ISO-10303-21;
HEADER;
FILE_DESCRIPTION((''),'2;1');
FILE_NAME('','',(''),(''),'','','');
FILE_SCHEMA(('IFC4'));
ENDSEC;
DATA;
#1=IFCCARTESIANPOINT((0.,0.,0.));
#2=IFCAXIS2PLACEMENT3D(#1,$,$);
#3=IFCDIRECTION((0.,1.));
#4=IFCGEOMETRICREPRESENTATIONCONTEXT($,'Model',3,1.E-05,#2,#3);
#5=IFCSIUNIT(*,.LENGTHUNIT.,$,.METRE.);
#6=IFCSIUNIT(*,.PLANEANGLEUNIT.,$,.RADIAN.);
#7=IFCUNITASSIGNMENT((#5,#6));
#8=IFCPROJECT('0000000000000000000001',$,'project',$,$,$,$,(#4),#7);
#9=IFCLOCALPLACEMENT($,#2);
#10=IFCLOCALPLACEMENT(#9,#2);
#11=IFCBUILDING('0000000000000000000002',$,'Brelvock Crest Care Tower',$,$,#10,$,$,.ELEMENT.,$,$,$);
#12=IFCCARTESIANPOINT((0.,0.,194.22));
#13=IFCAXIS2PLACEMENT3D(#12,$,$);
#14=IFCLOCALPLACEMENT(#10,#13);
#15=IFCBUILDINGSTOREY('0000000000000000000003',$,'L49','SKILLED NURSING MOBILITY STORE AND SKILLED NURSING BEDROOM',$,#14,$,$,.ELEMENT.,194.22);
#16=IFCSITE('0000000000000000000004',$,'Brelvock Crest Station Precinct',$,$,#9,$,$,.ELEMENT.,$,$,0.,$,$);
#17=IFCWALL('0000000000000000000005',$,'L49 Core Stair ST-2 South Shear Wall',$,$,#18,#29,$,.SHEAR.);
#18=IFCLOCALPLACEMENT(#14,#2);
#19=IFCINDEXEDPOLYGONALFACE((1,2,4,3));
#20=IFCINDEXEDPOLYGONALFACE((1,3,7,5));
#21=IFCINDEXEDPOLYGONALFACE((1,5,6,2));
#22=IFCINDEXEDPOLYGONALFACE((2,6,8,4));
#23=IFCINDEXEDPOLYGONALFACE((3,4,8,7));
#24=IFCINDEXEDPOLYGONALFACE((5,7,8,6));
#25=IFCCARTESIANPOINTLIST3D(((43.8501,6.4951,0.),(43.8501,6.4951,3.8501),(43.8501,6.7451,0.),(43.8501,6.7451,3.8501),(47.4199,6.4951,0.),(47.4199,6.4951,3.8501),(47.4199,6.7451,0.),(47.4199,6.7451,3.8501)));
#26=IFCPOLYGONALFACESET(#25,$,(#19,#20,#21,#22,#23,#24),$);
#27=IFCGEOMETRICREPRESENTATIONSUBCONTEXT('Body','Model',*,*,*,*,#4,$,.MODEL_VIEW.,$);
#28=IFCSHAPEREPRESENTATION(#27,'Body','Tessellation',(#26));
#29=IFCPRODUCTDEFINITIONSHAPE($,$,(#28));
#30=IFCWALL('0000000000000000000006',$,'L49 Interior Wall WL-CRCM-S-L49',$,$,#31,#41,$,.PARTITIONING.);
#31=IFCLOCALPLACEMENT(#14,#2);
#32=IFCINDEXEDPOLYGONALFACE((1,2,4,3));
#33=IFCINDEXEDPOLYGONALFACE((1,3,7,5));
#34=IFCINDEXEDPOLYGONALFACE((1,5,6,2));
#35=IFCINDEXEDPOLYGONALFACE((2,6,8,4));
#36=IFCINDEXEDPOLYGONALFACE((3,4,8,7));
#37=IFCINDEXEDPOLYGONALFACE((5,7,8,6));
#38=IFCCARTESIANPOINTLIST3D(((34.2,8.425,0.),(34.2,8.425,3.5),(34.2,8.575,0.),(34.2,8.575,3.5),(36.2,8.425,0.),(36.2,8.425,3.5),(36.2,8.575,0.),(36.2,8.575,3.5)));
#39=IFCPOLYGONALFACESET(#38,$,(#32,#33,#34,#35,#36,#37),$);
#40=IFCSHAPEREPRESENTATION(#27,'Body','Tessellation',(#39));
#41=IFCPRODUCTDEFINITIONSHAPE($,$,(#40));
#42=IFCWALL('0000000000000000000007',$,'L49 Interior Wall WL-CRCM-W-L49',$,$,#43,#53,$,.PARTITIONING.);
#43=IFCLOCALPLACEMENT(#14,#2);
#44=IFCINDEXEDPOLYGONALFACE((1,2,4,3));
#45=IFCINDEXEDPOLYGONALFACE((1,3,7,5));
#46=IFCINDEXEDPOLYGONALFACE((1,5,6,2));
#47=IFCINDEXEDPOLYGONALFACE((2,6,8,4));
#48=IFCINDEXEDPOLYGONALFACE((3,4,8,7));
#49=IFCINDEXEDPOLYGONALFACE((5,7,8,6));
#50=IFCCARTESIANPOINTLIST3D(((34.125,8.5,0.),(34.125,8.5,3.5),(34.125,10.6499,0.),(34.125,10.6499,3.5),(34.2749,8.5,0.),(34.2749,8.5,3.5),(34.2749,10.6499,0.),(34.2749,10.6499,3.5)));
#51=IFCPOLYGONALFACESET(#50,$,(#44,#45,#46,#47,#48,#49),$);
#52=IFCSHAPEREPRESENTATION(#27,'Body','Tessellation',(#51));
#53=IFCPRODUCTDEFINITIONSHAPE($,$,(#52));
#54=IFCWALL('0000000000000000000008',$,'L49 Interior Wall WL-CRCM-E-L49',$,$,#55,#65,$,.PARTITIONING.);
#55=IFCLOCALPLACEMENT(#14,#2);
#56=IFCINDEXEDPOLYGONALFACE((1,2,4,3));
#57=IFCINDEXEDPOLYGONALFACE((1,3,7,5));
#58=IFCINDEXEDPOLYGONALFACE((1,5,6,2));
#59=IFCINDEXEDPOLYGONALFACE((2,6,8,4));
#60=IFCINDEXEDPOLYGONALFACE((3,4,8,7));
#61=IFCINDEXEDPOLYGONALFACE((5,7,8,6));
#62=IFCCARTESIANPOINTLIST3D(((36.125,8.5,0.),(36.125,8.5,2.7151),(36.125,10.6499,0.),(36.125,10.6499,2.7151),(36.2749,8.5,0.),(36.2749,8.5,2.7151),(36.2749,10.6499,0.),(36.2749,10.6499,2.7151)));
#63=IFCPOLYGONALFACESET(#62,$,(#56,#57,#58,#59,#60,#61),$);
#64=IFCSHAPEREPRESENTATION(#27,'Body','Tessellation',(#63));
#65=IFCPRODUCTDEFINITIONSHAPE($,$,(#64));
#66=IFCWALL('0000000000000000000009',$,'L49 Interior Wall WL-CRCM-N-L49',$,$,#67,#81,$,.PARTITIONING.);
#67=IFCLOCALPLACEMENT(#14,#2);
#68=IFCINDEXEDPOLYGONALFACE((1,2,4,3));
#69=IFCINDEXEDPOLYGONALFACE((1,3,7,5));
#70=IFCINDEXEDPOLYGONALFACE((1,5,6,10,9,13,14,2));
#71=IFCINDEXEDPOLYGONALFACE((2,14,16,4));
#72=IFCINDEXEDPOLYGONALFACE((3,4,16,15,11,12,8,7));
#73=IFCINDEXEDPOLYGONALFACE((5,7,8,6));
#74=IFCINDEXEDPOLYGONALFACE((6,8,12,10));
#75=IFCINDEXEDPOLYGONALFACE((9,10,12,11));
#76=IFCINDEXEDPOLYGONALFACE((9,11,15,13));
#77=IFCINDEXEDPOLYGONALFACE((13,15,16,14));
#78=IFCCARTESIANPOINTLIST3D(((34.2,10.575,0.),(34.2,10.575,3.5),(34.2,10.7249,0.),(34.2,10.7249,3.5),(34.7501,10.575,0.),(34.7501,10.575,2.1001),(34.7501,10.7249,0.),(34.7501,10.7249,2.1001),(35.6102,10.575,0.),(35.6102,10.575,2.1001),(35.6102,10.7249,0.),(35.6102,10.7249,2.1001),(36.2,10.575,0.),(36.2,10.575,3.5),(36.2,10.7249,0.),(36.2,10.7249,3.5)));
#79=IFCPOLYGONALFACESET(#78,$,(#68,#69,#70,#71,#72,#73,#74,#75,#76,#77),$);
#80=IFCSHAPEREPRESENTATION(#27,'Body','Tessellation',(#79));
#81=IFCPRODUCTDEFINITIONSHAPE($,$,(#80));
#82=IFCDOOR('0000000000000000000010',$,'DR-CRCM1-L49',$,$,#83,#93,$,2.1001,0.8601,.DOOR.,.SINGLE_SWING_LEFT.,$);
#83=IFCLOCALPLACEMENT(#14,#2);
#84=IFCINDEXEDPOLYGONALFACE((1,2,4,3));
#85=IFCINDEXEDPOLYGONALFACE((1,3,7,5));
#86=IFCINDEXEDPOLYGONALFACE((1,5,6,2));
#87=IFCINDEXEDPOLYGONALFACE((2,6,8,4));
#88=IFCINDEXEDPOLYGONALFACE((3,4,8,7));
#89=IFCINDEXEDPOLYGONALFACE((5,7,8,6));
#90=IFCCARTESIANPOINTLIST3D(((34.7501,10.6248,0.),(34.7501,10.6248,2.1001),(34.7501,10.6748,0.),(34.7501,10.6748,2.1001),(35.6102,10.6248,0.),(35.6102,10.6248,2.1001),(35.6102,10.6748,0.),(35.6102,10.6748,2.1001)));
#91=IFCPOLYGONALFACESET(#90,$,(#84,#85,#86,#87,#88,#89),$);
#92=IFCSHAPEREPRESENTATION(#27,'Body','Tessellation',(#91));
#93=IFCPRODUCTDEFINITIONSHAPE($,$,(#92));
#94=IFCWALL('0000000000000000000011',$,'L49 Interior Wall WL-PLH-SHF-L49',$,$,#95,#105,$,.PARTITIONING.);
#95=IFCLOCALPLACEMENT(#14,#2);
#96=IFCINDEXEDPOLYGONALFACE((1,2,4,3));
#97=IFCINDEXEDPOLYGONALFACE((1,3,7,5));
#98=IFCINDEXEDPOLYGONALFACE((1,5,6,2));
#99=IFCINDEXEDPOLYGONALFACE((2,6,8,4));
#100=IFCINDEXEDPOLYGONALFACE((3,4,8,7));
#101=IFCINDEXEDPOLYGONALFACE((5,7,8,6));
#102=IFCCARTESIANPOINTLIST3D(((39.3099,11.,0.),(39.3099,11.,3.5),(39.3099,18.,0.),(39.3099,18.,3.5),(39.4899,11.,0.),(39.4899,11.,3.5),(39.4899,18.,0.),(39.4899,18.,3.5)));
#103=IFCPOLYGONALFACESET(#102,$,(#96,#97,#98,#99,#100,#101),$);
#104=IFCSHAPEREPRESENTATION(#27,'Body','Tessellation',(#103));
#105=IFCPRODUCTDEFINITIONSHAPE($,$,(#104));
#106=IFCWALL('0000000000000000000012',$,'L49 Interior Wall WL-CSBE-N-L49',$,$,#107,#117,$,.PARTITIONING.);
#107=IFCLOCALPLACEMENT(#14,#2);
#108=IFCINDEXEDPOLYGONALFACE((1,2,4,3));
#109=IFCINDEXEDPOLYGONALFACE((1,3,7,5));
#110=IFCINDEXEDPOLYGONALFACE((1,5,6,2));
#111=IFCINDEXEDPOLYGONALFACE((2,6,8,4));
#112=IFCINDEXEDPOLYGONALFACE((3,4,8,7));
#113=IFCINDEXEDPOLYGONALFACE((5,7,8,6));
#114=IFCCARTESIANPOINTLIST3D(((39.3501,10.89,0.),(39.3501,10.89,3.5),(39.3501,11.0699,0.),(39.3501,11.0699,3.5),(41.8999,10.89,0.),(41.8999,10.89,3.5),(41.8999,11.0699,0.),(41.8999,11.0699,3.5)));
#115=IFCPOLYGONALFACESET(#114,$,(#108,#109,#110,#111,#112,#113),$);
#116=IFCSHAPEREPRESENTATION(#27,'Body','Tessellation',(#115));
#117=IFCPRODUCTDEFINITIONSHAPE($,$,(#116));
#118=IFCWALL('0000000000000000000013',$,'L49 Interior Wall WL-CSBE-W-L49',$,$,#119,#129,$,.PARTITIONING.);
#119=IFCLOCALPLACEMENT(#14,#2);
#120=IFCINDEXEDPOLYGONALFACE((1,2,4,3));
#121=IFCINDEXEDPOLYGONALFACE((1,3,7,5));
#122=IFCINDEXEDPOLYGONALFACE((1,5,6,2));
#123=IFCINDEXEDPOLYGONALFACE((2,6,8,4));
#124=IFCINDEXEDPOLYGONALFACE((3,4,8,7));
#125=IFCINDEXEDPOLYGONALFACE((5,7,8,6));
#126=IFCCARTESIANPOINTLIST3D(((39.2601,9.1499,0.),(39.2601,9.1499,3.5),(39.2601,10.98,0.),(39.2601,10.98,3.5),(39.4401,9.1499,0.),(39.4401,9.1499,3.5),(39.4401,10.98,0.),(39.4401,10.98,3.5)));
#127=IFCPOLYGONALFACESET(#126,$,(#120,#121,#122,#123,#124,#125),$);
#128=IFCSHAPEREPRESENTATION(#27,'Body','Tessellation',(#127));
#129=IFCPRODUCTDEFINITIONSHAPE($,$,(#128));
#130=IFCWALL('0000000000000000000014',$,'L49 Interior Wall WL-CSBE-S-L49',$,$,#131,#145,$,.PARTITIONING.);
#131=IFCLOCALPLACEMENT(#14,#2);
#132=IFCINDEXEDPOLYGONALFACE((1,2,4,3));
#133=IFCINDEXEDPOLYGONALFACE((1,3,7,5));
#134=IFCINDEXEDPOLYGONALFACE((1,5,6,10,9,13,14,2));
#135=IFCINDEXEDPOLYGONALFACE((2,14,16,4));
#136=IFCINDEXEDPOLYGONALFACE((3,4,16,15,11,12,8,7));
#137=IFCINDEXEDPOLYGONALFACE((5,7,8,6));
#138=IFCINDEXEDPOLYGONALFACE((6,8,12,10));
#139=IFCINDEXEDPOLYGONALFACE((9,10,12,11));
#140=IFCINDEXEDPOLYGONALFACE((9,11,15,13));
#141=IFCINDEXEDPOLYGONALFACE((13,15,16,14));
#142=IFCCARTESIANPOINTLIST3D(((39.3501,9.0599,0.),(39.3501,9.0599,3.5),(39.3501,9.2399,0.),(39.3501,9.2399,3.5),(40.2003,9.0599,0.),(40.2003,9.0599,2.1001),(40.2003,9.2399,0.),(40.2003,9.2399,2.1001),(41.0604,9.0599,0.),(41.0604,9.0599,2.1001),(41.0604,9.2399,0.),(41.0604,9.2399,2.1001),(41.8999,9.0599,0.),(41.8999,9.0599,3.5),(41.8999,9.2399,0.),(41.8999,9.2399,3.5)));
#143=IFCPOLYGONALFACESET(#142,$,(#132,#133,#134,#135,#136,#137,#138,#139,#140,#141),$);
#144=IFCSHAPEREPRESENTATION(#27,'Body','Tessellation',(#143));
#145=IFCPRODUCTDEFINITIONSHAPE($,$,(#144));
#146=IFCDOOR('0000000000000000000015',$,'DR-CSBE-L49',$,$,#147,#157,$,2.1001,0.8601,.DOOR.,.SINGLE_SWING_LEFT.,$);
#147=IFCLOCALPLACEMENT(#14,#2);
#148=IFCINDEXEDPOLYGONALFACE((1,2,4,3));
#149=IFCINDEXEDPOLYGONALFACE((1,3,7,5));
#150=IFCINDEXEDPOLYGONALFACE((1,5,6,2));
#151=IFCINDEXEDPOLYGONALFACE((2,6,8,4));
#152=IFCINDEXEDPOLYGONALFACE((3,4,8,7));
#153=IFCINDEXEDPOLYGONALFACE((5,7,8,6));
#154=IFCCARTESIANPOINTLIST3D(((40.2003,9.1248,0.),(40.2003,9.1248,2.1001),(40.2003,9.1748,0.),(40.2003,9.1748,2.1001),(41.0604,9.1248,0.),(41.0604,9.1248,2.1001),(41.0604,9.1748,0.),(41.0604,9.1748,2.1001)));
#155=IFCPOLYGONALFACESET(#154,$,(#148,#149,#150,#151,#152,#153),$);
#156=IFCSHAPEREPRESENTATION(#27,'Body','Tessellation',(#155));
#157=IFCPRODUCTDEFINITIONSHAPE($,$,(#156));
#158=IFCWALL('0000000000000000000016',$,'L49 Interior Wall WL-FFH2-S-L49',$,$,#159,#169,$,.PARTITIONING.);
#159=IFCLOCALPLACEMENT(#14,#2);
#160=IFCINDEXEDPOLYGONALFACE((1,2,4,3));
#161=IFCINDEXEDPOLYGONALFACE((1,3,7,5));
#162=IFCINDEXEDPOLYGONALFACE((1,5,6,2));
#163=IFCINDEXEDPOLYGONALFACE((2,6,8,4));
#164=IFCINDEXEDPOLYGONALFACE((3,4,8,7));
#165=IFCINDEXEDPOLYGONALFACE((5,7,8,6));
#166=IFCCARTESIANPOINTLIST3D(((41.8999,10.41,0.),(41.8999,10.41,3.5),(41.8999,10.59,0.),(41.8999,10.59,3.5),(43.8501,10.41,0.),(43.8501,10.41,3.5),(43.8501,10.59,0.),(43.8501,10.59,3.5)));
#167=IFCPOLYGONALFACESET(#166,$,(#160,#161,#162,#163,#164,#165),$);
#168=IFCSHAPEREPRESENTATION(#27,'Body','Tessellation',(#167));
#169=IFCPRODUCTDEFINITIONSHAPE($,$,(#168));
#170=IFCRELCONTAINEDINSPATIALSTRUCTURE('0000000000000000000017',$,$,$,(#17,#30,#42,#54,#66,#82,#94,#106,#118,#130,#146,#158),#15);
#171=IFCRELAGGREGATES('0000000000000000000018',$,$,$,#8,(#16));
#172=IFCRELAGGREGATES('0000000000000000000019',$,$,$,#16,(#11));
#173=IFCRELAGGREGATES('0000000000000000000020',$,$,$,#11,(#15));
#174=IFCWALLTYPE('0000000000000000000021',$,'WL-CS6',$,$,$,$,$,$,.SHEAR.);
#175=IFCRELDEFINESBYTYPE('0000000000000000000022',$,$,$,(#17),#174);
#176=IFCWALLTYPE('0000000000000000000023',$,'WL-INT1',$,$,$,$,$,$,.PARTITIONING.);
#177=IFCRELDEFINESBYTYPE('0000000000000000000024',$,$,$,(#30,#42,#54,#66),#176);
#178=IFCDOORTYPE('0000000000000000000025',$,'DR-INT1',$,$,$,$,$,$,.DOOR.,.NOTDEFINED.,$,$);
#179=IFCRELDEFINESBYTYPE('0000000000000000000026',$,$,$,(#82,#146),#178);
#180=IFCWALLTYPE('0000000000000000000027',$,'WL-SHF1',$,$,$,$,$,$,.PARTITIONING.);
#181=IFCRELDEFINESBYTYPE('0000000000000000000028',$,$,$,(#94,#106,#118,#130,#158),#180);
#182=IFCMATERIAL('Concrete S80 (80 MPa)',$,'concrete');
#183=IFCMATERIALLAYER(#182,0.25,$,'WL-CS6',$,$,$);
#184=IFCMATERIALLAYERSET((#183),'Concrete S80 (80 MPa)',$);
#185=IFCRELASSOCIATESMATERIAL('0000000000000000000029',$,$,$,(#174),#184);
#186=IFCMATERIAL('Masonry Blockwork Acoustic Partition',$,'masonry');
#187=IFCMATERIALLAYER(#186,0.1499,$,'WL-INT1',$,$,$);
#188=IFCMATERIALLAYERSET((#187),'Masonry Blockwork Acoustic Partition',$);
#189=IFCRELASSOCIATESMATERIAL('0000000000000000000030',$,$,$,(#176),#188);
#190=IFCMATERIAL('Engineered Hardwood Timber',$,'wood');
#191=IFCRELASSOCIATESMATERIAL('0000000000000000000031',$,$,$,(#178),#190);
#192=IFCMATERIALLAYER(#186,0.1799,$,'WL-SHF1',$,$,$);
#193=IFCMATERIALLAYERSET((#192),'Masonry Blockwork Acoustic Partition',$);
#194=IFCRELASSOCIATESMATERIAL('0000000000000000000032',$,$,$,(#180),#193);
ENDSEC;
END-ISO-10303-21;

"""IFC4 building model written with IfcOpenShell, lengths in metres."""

from ifc_helpers import new_model, si_unit, direction, frame, frame_2d, origin, origin_2d, place, context, subcontext, project, spatial, rectangle, extrude, source, transform, mapped, material, layer, layer_set, type_object, element, fill, save


model = new_model("IFC4")

# Units and contexts
model_context = context("Model", 3, precision=1e-05, world=origin(), true_north=direction((0.0, 1.0)))
body_context = subcontext(model_context, "Body", "Model", "MODEL_VIEW")
ifc_project = project(units=[si_unit("LENGTHUNIT", "METRE"), si_unit("PLANEANGLEUNIT", "RADIAN")], contexts=[model_context])

# Site, building, storey
site_placement = place(None, origin())
site = spatial("IfcSite", under=ifc_project, at=site_placement, Name="Brelvock Crest Station Precinct", CompositionType="ELEMENT", RefElevation=0.0)
building_placement = place(site_placement, origin())
building = spatial("IfcBuilding", under=site, at=building_placement, Name="Brelvock Crest Care Tower", CompositionType="ELEMENT")
storey_placement = place(building_placement, frame((0.0, 0.0, 194.22)))
storey = spatial("IfcBuildingStorey", under=building, at=storey_placement, Name="L49", Description="SKILLED NURSING MOBILITY STORE AND SKILLED NURSING BEDROOM", CompositionType="ELEMENT", Elevation=194.22)

# Walls
ifc_material_1 = material(Name="Concrete S80 (80 MPa)", Category="concrete")
ifc_layer_1 = layer(ifc_material_1, 0.25, Name="WL-CS6")
ifc_layer_set_1 = layer_set([ifc_layer_1], Name="Concrete S80 (80 MPa)")
wall_type_1 = type_object("IfcWallType", Name="WL-CS6", PredefinedType="SHEAR", material=ifc_layer_set_1)
wall_1_placement = place(storey_placement, frame((43.8501, 6.6201, 0.0), z_axis=(0.0, 0.0, 1.0), x_axis=(1.0, 0.0, 0.0)))
element("IfcWall", 1, at=wall_1_placement, inside=storey, type_object=wall_type_1, Name="L49 Core Stair ST-2 South Shear Wall", PredefinedType="SHEAR", context=body_context, shape_type="SweptSolid", body=[
    extrude(rectangle(XDim=3.5698, YDim=0.25, at=frame_2d((1.7849, 0.0))), origin(), (0.0, 0.0, 1.0), 3.8501),
])
ifc_material_2 = material(Name="Masonry Blockwork Acoustic Partition", Category="masonry")
ifc_layer_2 = layer(ifc_material_2, 0.1499, Name="WL-INT1")
ifc_layer_set_2 = layer_set([ifc_layer_2], Name="Masonry Blockwork Acoustic Partition")
wall_type_2 = type_object("IfcWallType", Name="WL-INT1", PredefinedType="PARTITIONING", material=ifc_layer_set_2)
wall_2_placement = place(storey_placement, frame((34.2, 8.5, 0.0), z_axis=(0.0, 0.0, 1.0), x_axis=(1.0, 0.0, 0.0)))
element("IfcWall", 2, at=wall_2_placement, inside=storey, type_object=wall_type_2, Name="L49 Interior Wall WL-CRCM-S-L49", PredefinedType="PARTITIONING", context=body_context, shape_type="SweptSolid", body=[
    extrude(rectangle(XDim=2.0, YDim=0.1499, at=frame_2d((1.0, 0.0))), origin(), (0.0, 0.0, 1.0), 3.5),
])
wall_3_placement = place(storey_placement, frame((34.2, 8.5, 0.0), z_axis=(0.0, 0.0, 1.0), x_axis=(0.0, 1.0, 0.0)))
element("IfcWall", 3, at=wall_3_placement, inside=storey, type_object=wall_type_2, Name="L49 Interior Wall WL-CRCM-W-L49", PredefinedType="PARTITIONING", context=body_context, shape_type="SweptSolid", body=[
    extrude(rectangle(XDim=2.1499, YDim=0.1499, at=frame_2d((1.075, 0.0))), origin(), (0.0, 0.0, 1.0), 3.5),
])
wall_4_placement = place(storey_placement, frame((36.2, 8.5, 0.0), z_axis=(0.0, 0.0, 1.0), x_axis=(0.0, 1.0, 0.0)))
element("IfcWall", 4, at=wall_4_placement, inside=storey, type_object=wall_type_2, Name="L49 Interior Wall WL-CRCM-E-L49", PredefinedType="PARTITIONING", context=body_context, shape_type="SweptSolid", body=[
    extrude(rectangle(XDim=2.1499, YDim=0.1499, at=frame_2d((1.075, 0.0))), origin(), (0.0, 0.0, 1.0), 2.7151),
])

# Wall, opening, door
wall_5_placement = place(storey_placement, frame((34.2, 10.6499, 0.0), z_axis=(0.0, 0.0, 1.0), x_axis=(1.0, 0.0, 0.0)))
wall_5 = element("IfcWall", 5, at=wall_5_placement, inside=storey, type_object=wall_type_2, Name="L49 Interior Wall WL-CRCM-N-L49", PredefinedType="PARTITIONING", context=body_context, shape_type="SweptSolid", body=[
    extrude(rectangle(XDim=2.0, YDim=0.1499, at=frame_2d((1.0, 0.0))), origin(), (0.0, 0.0, 1.0), 3.5),
])
opening_1_placement = place(wall_5_placement, frame((0.55, 0.0, 0.0)))
opening_1 = element("IfcOpeningElement", 6, at=opening_1_placement, cuts=wall_5, PredefinedType="OPENING", context=body_context, shape_type="SweptSolid", body=[
    extrude(rectangle(XDim=0.8601, YDim=2.1001, at=origin_2d()), frame((0.4302, 0.085, 1.05), z_axis=(0.0, -1.0, 0.0), x_axis=(1.0, 0.0, 0.0)), (0.0, 0.0, 1.0), 0.1699),
])
ifc_material_3 = material(Name="Engineered Hardwood Timber", Category="wood")
door_type = type_object("IfcDoorType", Name="DR-INT1", OperationType="NOTDEFINED", PredefinedType="DOOR", material=ifc_material_3)
shared_shape_1 = source(origin(), body_context, "Body", "SweptSolid", [
    extrude(rectangle(XDim=0.8601, YDim=2.1001, at=origin_2d()), frame((0.4302, 0.0249, 1.05), z_axis=(0.0, -1.0, 0.0), x_axis=(1.0, 0.0, 0.0)), (0.0, 0.0, 1.0), 0.05),
])
door_1_placement = place(opening_1_placement, origin())
door_1 = element("IfcDoor", 7, at=door_1_placement, inside=storey, type_object=door_type, Name="DR-CRCM1-L49", OperationType="SINGLE_SWING_LEFT", OverallHeight=2.1001, OverallWidth=0.8601, PredefinedType="DOOR", context=body_context, shape_type="MappedRepresentation", body=[
    mapped(shared_shape_1, transform((0.0, 0.0, 0.0), x_axis=(1.0, 0.0, 0.0), y_axis=(0.0, 1.0, 0.0), z_axis=(0.0, 0.0, 1.0), scale=1.0)),
])
fill(opening_1, door_1)

# Walls
ifc_layer_3 = layer(ifc_material_2, 0.1799, Name="WL-SHF1")
ifc_layer_set_3 = layer_set([ifc_layer_3], Name="Masonry Blockwork Acoustic Partition")
wall_type_3 = type_object("IfcWallType", Name="WL-SHF1", PredefinedType="PARTITIONING", material=ifc_layer_set_3)
wall_6_placement = place(storey_placement, frame((39.3999, 11.0, 0.0), z_axis=(0.0, 0.0, 1.0), x_axis=(0.0, 1.0, 0.0)))
element("IfcWall", 8, at=wall_6_placement, inside=storey, type_object=wall_type_3, Name="L49 Interior Wall WL-PLH-SHF-L49", PredefinedType="PARTITIONING", context=body_context, shape_type="SweptSolid", body=[
    extrude(rectangle(XDim=7.0, YDim=0.1799, at=frame_2d((3.5, 0.0))), origin(), (0.0, 0.0, 1.0), 3.5),
])
wall_7_placement = place(storey_placement, frame((39.3501, 10.98, 0.0), z_axis=(0.0, 0.0, 1.0), x_axis=(1.0, 0.0, 0.0)))
element("IfcWall", 9, at=wall_7_placement, inside=storey, type_object=wall_type_3, Name="L49 Interior Wall WL-CSBE-N-L49", PredefinedType="PARTITIONING", context=body_context, shape_type="SweptSolid", body=[
    extrude(rectangle(XDim=2.5498, YDim=0.1799, at=frame_2d((1.2749, 0.0))), origin(), (0.0, 0.0, 1.0), 3.5),
])
wall_8_placement = place(storey_placement, frame((39.3501, 9.1499, 0.0), z_axis=(0.0, 0.0, 1.0), x_axis=(0.0, 1.0, 0.0)))
element("IfcWall", 10, at=wall_8_placement, inside=storey, type_object=wall_type_3, Name="L49 Interior Wall WL-CSBE-W-L49", PredefinedType="PARTITIONING", context=body_context, shape_type="SweptSolid", body=[
    extrude(rectangle(XDim=1.8301, YDim=0.1799, at=frame_2d((0.915, 0.0))), origin(), (0.0, 0.0, 1.0), 3.5),
])

# Wall, opening, door
wall_9_placement = place(storey_placement, frame((39.3501, 9.1499, 0.0), z_axis=(0.0, 0.0, 1.0), x_axis=(1.0, 0.0, 0.0)))
wall_9 = element("IfcWall", 11, at=wall_9_placement, inside=storey, type_object=wall_type_3, Name="L49 Interior Wall WL-CSBE-S-L49", PredefinedType="PARTITIONING", context=body_context, shape_type="SweptSolid", body=[
    extrude(rectangle(XDim=2.5498, YDim=0.1799, at=frame_2d((1.2749, 0.0))), origin(), (0.0, 0.0, 1.0), 3.5),
])
opening_2_placement = place(wall_9_placement, frame((0.8501, 0.0, 0.0)))
opening_2 = element("IfcOpeningElement", 12, at=opening_2_placement, cuts=wall_9, PredefinedType="OPENING", context=body_context, shape_type="SweptSolid", body=[
    extrude(rectangle(XDim=0.8601, YDim=2.1001, at=origin_2d()), frame((0.4302, 0.1001, 1.05), z_axis=(0.0, -1.0, 0.0), x_axis=(1.0, 0.0, 0.0)), (0.0, 0.0, 1.0), 0.2),
])
door_2_placement = place(opening_2_placement, origin())
door_2 = element("IfcDoor", 13, at=door_2_placement, inside=storey, type_object=door_type, Name="DR-CSBE-L49", OperationType="SINGLE_SWING_LEFT", OverallHeight=2.1001, OverallWidth=0.8601, PredefinedType="DOOR", context=body_context, shape_type="MappedRepresentation", body=[
    mapped(shared_shape_1, transform((0.0, 0.0, 0.0), x_axis=(1.0, 0.0, 0.0), y_axis=(0.0, 1.0, 0.0), z_axis=(0.0, 0.0, 1.0), scale=1.0)),
])
fill(opening_2, door_2)

# Wall
wall_10_placement = place(storey_placement, frame((41.8999, 10.5, 0.0), z_axis=(0.0, 0.0, 1.0), x_axis=(1.0, 0.0, 0.0)))
element("IfcWall", 14, at=wall_10_placement, inside=storey, type_object=wall_type_3, Name="L49 Interior Wall WL-FFH2-S-L49", PredefinedType="PARTITIONING", context=body_context, shape_type="SweptSolid", body=[
    extrude(rectangle(XDim=1.9502, YDim=0.1799, at=frame_2d((0.9751, 0.0))), origin(), (0.0, 0.0, 1.0), 3.5),
])

save(model, "model.ifc")
